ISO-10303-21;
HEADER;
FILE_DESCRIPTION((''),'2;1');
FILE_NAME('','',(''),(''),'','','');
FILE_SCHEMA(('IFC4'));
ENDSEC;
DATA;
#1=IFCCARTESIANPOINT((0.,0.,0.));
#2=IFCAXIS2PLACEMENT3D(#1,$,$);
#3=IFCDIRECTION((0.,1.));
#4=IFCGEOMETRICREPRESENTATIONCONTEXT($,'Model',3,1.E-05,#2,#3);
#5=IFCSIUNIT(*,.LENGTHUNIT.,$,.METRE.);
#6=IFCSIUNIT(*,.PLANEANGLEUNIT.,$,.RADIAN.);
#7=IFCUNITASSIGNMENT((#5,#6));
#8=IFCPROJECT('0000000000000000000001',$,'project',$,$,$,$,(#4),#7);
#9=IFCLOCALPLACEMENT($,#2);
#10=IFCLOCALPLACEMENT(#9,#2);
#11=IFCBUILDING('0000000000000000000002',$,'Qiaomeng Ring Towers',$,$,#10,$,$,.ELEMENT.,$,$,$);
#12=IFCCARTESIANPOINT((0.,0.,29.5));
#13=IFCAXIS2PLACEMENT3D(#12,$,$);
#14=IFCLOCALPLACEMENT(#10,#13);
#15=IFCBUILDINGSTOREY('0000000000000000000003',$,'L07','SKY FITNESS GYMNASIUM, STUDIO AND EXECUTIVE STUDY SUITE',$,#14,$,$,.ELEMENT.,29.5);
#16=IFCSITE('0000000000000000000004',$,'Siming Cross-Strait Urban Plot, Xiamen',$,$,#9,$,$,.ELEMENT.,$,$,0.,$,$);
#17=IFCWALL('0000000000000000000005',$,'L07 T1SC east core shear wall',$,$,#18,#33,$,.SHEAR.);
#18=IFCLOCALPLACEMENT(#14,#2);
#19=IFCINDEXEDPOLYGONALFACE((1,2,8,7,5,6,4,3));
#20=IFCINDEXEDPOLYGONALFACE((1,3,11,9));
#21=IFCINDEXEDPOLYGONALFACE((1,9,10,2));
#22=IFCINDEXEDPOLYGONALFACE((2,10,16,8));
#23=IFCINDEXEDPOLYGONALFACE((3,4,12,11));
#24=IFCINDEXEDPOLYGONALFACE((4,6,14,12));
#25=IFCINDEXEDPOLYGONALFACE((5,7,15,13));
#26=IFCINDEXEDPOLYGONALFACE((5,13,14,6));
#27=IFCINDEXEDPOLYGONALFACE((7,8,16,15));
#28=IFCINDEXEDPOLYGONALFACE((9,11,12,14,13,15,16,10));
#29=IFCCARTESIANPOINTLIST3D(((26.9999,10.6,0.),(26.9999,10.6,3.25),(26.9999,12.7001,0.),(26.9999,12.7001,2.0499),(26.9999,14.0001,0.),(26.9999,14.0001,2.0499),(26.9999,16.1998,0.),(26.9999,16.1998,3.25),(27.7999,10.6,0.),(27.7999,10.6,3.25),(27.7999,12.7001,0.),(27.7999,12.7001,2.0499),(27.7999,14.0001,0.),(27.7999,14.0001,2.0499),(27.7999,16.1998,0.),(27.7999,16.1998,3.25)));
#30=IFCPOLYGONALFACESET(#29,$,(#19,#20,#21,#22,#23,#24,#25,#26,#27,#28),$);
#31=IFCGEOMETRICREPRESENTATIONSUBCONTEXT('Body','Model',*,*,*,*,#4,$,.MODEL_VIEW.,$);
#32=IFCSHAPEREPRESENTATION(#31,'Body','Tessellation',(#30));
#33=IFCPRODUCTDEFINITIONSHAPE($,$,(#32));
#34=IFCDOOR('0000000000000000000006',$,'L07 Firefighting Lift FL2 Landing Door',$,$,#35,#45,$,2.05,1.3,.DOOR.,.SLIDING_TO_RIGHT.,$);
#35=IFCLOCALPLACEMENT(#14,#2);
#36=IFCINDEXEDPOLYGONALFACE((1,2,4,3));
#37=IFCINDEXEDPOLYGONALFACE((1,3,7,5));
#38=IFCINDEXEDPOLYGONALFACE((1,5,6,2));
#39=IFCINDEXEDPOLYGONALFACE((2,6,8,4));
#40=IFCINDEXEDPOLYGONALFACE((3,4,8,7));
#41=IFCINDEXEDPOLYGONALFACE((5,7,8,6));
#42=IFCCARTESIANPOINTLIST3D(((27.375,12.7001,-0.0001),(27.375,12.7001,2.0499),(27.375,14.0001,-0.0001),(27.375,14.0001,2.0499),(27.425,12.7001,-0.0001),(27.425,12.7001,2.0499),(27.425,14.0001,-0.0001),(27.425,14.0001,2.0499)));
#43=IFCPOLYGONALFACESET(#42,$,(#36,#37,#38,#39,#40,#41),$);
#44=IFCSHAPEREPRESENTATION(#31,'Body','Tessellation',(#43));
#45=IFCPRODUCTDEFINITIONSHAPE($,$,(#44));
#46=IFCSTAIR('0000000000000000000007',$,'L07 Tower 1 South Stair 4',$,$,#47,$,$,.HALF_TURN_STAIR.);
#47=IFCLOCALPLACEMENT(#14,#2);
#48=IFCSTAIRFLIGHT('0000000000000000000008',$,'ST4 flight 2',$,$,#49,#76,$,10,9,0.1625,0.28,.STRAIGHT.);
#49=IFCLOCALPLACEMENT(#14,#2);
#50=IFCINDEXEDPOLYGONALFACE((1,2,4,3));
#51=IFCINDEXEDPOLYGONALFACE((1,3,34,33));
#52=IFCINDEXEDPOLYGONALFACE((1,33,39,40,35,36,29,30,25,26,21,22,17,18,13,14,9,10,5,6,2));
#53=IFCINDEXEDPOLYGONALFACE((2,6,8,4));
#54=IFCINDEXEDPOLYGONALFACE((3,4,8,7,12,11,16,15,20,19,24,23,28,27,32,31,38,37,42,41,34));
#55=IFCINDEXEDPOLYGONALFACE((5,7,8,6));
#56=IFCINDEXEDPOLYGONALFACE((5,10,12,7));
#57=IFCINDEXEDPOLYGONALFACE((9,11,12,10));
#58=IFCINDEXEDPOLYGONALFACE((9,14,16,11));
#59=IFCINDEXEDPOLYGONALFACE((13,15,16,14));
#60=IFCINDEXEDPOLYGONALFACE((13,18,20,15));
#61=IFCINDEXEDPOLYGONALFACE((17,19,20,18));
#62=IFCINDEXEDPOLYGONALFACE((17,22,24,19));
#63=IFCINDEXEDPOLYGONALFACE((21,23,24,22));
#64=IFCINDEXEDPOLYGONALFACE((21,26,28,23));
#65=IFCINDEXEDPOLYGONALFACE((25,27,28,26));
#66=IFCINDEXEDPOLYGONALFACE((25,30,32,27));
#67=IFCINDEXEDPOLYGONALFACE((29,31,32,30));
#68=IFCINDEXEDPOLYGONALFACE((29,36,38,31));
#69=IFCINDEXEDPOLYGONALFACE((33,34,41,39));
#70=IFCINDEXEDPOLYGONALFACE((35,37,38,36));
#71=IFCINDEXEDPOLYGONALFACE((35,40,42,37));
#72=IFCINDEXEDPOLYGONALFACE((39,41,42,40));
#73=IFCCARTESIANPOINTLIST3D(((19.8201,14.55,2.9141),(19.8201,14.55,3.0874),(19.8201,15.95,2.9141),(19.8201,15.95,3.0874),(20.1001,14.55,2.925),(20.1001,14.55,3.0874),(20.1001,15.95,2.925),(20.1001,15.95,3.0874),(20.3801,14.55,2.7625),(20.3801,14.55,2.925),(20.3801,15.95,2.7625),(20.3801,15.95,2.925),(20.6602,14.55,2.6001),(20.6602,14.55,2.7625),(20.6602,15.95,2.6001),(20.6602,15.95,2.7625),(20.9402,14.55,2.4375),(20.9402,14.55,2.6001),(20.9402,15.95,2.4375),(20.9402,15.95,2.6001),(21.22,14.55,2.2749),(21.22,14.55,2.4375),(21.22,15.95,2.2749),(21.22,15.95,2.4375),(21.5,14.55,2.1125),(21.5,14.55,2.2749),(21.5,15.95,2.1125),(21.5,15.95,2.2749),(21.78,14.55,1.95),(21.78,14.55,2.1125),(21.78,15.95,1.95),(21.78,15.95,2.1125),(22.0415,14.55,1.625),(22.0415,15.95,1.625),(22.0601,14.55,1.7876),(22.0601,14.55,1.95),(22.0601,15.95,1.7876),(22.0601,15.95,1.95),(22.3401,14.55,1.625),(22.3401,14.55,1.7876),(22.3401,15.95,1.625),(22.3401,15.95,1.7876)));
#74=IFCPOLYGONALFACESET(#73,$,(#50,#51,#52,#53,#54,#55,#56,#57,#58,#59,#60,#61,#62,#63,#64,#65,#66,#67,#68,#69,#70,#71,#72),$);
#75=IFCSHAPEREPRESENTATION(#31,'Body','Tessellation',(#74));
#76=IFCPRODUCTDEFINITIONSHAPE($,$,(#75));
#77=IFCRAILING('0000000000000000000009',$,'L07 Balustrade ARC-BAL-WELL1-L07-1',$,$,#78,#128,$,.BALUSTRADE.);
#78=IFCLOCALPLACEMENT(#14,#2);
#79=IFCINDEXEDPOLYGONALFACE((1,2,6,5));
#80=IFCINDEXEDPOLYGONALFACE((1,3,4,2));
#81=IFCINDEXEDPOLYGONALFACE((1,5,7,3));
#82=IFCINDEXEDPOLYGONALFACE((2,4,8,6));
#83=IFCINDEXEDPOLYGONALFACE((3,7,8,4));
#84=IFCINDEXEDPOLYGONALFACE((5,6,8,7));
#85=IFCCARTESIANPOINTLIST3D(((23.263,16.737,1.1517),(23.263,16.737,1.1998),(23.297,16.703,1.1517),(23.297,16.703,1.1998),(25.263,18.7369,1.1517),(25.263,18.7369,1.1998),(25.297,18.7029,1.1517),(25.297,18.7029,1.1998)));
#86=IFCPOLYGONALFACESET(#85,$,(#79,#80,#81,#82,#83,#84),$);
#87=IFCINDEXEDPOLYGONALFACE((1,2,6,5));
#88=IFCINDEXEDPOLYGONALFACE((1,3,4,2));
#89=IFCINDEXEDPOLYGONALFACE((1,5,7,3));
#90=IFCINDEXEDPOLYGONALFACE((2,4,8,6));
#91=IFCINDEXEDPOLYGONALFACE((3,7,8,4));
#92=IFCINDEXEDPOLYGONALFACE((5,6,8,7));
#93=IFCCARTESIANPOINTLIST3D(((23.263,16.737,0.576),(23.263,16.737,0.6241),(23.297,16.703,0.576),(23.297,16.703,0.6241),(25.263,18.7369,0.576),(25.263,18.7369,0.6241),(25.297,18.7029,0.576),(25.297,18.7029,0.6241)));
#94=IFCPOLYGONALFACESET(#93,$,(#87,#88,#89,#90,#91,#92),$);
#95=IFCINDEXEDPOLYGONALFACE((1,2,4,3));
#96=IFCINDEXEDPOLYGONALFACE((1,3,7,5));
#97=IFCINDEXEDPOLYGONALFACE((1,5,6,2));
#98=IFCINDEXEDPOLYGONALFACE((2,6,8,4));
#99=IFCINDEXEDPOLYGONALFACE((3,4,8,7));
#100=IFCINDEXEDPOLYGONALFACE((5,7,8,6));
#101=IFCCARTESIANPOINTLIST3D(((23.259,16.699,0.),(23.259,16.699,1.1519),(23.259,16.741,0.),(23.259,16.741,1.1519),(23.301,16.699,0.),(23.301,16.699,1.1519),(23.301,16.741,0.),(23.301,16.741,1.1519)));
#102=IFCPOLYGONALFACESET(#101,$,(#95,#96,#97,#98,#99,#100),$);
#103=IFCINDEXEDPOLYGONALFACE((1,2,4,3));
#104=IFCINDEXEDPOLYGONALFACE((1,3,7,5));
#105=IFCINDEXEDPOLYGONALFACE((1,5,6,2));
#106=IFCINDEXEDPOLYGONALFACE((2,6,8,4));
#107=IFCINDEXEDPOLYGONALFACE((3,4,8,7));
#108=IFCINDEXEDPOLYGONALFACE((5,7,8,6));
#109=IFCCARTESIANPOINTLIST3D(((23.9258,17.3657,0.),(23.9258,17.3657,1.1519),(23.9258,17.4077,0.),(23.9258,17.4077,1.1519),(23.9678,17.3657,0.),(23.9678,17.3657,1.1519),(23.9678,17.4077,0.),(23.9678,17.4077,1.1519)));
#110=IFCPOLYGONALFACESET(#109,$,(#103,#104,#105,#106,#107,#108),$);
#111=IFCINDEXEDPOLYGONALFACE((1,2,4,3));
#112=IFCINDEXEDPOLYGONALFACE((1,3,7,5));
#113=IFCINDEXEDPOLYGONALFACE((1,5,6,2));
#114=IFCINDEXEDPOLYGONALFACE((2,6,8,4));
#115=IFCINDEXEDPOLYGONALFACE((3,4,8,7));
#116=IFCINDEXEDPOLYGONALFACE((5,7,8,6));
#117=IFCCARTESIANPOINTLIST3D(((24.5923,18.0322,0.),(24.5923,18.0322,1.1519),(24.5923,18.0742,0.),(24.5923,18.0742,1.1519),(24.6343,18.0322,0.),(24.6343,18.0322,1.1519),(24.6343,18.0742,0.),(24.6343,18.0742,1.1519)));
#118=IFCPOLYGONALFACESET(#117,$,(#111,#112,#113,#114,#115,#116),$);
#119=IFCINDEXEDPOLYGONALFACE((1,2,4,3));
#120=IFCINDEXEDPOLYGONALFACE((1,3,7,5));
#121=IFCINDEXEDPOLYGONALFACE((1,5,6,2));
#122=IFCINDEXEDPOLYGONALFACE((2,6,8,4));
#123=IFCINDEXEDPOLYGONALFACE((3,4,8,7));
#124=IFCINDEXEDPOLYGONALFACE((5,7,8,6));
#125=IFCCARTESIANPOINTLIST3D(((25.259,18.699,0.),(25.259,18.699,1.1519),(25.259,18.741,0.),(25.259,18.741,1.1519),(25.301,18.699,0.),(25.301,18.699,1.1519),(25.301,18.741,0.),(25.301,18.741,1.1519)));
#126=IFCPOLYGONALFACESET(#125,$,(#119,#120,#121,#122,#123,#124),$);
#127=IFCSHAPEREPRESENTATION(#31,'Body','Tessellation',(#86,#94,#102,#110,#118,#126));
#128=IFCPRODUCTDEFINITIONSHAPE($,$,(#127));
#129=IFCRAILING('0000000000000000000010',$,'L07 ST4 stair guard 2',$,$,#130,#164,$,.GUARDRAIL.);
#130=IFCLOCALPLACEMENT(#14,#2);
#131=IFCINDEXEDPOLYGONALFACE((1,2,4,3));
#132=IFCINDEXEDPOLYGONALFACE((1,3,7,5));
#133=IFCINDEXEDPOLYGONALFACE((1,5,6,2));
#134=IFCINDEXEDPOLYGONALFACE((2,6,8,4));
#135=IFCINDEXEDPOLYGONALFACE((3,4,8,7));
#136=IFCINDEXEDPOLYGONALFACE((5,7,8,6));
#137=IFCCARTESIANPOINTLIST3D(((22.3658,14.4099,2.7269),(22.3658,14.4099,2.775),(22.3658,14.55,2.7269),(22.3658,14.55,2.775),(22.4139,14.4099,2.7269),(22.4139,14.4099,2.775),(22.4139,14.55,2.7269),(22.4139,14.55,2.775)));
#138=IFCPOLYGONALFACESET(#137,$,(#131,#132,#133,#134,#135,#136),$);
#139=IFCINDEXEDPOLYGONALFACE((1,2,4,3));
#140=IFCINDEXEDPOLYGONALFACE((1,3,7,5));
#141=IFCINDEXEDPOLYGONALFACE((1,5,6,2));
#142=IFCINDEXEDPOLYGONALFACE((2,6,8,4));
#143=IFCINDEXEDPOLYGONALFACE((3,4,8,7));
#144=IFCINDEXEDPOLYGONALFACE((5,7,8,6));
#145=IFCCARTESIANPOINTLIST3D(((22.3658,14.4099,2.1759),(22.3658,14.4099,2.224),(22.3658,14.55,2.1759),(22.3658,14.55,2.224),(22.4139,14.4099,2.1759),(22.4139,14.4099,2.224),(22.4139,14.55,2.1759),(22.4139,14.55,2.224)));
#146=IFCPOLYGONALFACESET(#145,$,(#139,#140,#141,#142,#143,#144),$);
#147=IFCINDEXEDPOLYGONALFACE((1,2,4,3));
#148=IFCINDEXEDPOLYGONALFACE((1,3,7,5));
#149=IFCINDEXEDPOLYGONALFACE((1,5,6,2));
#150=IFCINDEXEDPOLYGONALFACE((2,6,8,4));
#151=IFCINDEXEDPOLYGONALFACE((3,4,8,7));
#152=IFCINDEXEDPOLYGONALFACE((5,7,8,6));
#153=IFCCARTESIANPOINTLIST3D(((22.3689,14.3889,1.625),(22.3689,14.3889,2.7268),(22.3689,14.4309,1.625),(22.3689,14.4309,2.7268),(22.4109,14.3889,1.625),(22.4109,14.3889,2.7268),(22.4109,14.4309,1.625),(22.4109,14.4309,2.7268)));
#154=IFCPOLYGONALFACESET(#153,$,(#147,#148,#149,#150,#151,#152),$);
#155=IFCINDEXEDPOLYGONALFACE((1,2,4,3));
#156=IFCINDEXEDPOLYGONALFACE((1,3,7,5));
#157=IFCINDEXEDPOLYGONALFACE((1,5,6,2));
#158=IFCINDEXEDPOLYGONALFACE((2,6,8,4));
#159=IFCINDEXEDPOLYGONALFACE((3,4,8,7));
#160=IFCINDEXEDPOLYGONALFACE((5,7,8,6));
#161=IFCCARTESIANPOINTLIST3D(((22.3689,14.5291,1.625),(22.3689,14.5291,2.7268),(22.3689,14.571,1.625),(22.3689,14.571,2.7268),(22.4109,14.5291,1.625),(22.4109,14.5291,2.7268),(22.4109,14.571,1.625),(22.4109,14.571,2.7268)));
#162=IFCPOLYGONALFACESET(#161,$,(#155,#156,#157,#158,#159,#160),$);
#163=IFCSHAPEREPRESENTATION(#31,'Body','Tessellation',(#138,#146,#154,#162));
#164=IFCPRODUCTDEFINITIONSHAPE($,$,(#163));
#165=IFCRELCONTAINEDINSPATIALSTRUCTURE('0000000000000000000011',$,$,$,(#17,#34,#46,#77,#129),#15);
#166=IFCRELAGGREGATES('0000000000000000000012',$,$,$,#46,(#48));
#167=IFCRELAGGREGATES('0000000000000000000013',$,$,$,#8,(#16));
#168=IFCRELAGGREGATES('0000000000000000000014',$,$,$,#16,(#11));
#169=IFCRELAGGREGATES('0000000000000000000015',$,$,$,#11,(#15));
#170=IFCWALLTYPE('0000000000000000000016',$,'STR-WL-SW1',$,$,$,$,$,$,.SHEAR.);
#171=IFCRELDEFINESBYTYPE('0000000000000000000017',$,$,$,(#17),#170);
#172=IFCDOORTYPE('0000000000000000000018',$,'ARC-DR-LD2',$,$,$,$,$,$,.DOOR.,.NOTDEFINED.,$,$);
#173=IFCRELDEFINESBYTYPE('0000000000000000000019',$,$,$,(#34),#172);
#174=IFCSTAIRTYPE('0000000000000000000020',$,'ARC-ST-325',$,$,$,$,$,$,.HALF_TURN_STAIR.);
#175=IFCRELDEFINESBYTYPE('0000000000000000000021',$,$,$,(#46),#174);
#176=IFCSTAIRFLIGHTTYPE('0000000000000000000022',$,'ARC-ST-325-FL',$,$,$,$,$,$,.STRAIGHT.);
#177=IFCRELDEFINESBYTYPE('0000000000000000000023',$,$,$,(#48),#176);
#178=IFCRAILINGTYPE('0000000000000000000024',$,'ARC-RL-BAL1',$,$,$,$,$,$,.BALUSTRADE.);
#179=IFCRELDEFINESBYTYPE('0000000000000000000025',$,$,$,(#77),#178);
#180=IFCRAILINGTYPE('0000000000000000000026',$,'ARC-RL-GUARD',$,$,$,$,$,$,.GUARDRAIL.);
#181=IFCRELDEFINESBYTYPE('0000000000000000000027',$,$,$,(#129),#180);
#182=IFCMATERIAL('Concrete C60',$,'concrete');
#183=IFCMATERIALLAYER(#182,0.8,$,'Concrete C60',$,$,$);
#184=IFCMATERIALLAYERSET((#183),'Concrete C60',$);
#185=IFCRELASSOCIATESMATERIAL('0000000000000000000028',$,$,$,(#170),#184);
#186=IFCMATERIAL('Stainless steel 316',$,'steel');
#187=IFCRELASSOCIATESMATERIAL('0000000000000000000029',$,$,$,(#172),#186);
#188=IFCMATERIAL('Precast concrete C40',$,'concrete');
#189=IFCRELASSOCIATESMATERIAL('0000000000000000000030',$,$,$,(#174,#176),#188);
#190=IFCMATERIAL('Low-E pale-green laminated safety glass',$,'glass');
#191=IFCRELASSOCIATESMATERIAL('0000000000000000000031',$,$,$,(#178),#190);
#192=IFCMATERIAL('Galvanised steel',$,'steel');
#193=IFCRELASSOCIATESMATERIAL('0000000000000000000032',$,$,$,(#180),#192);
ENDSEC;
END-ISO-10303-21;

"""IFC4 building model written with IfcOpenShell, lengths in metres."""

from ifc_helpers import new_model, si_unit, direction, frame, frame_2d, origin, origin_2d, place, context, subcontext, project, spatial, polyline, rectangle, outline, extrude, source, transform, mapped, material, layer, layer_set, type_object, element, fill, aggregate, save


model = new_model("IFC4")

# Units and contexts
model_context = context("Model", 3, precision=1e-05, world=origin(), true_north=direction((0.0, 1.0)))
body_context = subcontext(model_context, "Body", "Model", "MODEL_VIEW")
ifc_project = project(units=[si_unit("LENGTHUNIT", "METRE"), si_unit("PLANEANGLEUNIT", "RADIAN")], contexts=[model_context])

# Site, building, storey
site_placement = place(None, origin())
site = spatial("IfcSite", under=ifc_project, at=site_placement, Name="Siming Cross-Strait Urban Plot, Xiamen", CompositionType="ELEMENT", RefElevation=0.0)
building_placement = place(site_placement, origin())
building = spatial("IfcBuilding", under=site, at=building_placement, Name="Qiaomeng Ring Towers", CompositionType="ELEMENT")
storey_placement = place(building_placement, frame((0.0, 0.0, 29.5)))
storey = spatial("IfcBuildingStorey", under=building, at=storey_placement, Name="L07", Description="SKY FITNESS GYMNASIUM, STUDIO AND EXECUTIVE STUDY SUITE", CompositionType="ELEMENT", Elevation=29.5)

# Shared definitions
ifc_material_1 = material(Name="Galvanised steel", Category="steel")

# Wall, opening, door
ifc_material_2 = material(Name="Concrete C60", Category="concrete")
ifc_layer_1 = layer(ifc_material_2, 0.8, Name="Concrete C60")
ifc_layer_set_1 = layer_set([ifc_layer_1], Name="Concrete C60")
wall_type_1 = type_object("IfcWallType", Name="STR-WL-SW1", PredefinedType="SHEAR", material=ifc_layer_set_1)
wall_1_placement = place(storey_placement, frame((27.3999, 10.6001, 0.0), z_axis=(0.0, 0.0, 1.0), x_axis=(0.0, 1.0, 0.0)))
wall_1 = element("IfcWall", 1, at=wall_1_placement, inside=storey, type_object=wall_type_1, Name="L07 T1SC east core shear wall", PredefinedType="SHEAR", context=body_context, shape_type="SweptSolid", body=[
    extrude(rectangle(XDim=5.5999, YDim=0.8, at=frame_2d((2.7998, 0.0))), origin(), (0.0, 0.0, 1.0), 3.25),
])
opening_1_placement = place(wall_1_placement, frame((2.1001, 0.0, 0.0)))
opening_1 = element("IfcOpeningElement", 2, at=opening_1_placement, cuts=wall_1, PredefinedType="OPENING", context=body_context, shape_type="SweptSolid", body=[
    extrude(rectangle(XDim=1.3, YDim=2.05, at=frame_2d((0.6499, 1.0249))), frame((0.0, 0.4099, 0.0), z_axis=(0.0, -1.0, 0.0), x_axis=(1.0, 0.0, 0.0)), (0.0, 0.0, 1.0), 0.8201),
])
ifc_material_3 = material(Name="Stainless steel 316", Category="steel")
door_type_1 = type_object("IfcDoorType", Name="ARC-DR-LD2", OperationType="NOTDEFINED", PredefinedType="DOOR", material=ifc_material_3)
shared_shape_1 = source(origin(), body_context, "Body", "SweptSolid", [
    extrude(rectangle(XDim=1.3, YDim=2.05, at=frame_2d((0.6499, 1.0249))), frame((0.0, 0.0249, 0.0), z_axis=(0.0, -1.0, 0.0), x_axis=(1.0, 0.0, 0.0)), (0.0, 0.0, 1.0), 0.05),
])
door_1_placement = place(opening_1_placement, origin())
door_1 = element("IfcDoor", 3, at=door_1_placement, inside=storey, type_object=door_type_1, Name="L07 Firefighting Lift FL2 Landing Door", OperationType="SLIDING_TO_RIGHT", OverallHeight=2.05, OverallWidth=1.3, PredefinedType="DOOR", context=body_context, shape_type="MappedRepresentation", body=[
    mapped(shared_shape_1, transform((0.0, 0.0, 0.0), x_axis=(1.0, 0.0, 0.0), y_axis=(0.0, 1.0, 0.0), z_axis=(0.0, 0.0, 1.0), scale=1.0)),
])
fill(opening_1, door_1)

# Stair, stair flight
ifc_material_4 = material(Name="Precast concrete C40", Category="concrete")
stair_type = type_object("IfcStairType", Name="ARC-ST-325", PredefinedType="HALF_TURN_STAIR", material=ifc_material_4)
stair_placement = place(storey_placement, origin())
stair = element("IfcStair", 4, at=stair_placement, inside=storey, type_object=stair_type, Name="L07 Tower 1 South Stair 4", PredefinedType="HALF_TURN_STAIR")
stair_flight_type = type_object("IfcStairFlightType", Name="ARC-ST-325-FL", PredefinedType="STRAIGHT", material=ifc_material_4)
shared_shape_2 = source(origin(), body_context, "Body", "SweptSolid", [
    extrude(outline(polyline([(0.0, 0.0), (0.0, 0.1626), (0.28, 0.1626), (0.28, 0.325), (0.5601, 0.325), (0.5601, 0.4875), (0.8401, 0.4875), (0.8401, 0.6499), (1.1201, 0.6499), (1.1201, 0.8125), (1.3999, 0.8125), (1.3999, 0.9751), (1.6799, 0.9751), (1.6799, 1.1375), (1.96, 1.1375), (1.96, 1.3), (2.24, 1.3), (2.24, 1.4624), (2.52, 1.4624), (2.52, 1.625), (2.52, 1.2891), (0.2986, 0.0), (0.0, 0.0)])), frame((0.0, 0.7, 0.0), z_axis=(0.0, -1.0, 0.0), x_axis=(1.0, 0.0, 0.0)), (0.0, 0.0, 1.0), 1.3999),
])
stair_flight_placement = place(storey_placement, frame((22.3401, 15.25, 1.625), z_axis=(0.0, 0.0, 1.0), x_axis=(-1.0, 0.0, 0.0)))
stair_flight = element("IfcStairFlight", 5, at=stair_flight_placement, type_object=stair_flight_type, Name="ST4 flight 2", NumberOfRisers=10, NumberOfTreads=9, PredefinedType="STRAIGHT", RiserHeight=0.1625, TreadLength=0.28, context=body_context, shape_type="MappedRepresentation", body=[
    mapped(shared_shape_2, transform((0.0, 0.0, 0.0), x_axis=(1.0, 0.0, 0.0), y_axis=(0.0, 1.0, 0.0), z_axis=(0.0, 0.0, 1.0), scale=1.0)),
])
aggregate(stair, [stair_flight])

# Railings
ifc_material_5 = material(Name="Low-E pale-green laminated safety glass", Category="glass")
railing_type_1 = type_object("IfcRailingType", Name="ARC-RL-BAL1", PredefinedType="BALUSTRADE", material=ifc_material_5)
railing_1_placement = place(storey_placement, frame((23.28, 16.72, 0.0)))
element("IfcRailing", 6, at=railing_1_placement, inside=storey, type_object=railing_type_1, Name="L07 Balustrade ARC-BAL-WELL1-L07-1", PredefinedType="BALUSTRADE", context=body_context, shape_type="SweptSolid", body=[
    extrude(rectangle(XDim=0.0481, YDim=0.0481, at=origin_2d()), frame((0.0, 0.0, 1.1758), z_axis=(0.707107, 0.707107, 0.0), x_axis=(-0.707107, 0.707107, 0.0)), (0.0, 0.0, 1.0), 2.8284),
    extrude(rectangle(XDim=0.0481, YDim=0.0481, at=origin_2d()), frame((0.0, 0.0, 0.6001), z_axis=(0.707107, 0.707107, 0.0), x_axis=(-0.707107, 0.707107, 0.0)), (0.0, 0.0, 1.0), 2.8284),
    extrude(rectangle(XDim=0.042, YDim=0.042, at=origin_2d()), origin(), (0.0, 0.0, 1.0), 1.1519),
    extrude(rectangle(XDim=0.042, YDim=0.042, at=origin_2d()), frame((0.6667, 0.6667, 0.0)), (0.0, 0.0, 1.0), 1.1519),
    extrude(rectangle(XDim=0.042, YDim=0.042, at=origin_2d()), frame((1.3333, 1.3333, 0.0)), (0.0, 0.0, 1.0), 1.1519),
    extrude(rectangle(XDim=0.042, YDim=0.042, at=origin_2d()), frame((2.0, 2.0, 0.0)), (0.0, 0.0, 1.0), 1.1519),
])
railing_type_2 = type_object("IfcRailingType", Name="ARC-RL-GUARD", PredefinedType="GUARDRAIL", material=ifc_material_1)
railing_2_placement = place(storey_placement, frame((22.3899, 14.4099, 1.625)))
element("IfcRailing", 7, at=railing_2_placement, inside=storey, type_object=railing_type_2, Name="L07 ST4 stair guard 2", PredefinedType="GUARDRAIL", context=body_context, shape_type="SweptSolid", body=[
    extrude(rectangle(XDim=0.0481, YDim=0.0481, at=origin_2d()), frame((0.0, 0.0, 1.126), z_axis=(0.0, 1.0, 0.0), x_axis=(-1.0, 0.0, 0.0)), (0.0, 0.0, 1.0), 0.1401),
    extrude(rectangle(XDim=0.0481, YDim=0.0481, at=origin_2d()), frame((0.0, 0.0, 0.575), z_axis=(0.0, 1.0, 0.0), x_axis=(-1.0, 0.0, 0.0)), (0.0, 0.0, 1.0), 0.1401),
    extrude(rectangle(XDim=0.042, YDim=0.042, at=origin_2d()), origin(), (0.0, 0.0, 1.0), 1.1018),
    extrude(rectangle(XDim=0.042, YDim=0.042, at=origin_2d()), frame((0.0, 0.1401, 0.0)), (0.0, 0.0, 1.0), 1.1018),
])

save(model, "model.ifc")
